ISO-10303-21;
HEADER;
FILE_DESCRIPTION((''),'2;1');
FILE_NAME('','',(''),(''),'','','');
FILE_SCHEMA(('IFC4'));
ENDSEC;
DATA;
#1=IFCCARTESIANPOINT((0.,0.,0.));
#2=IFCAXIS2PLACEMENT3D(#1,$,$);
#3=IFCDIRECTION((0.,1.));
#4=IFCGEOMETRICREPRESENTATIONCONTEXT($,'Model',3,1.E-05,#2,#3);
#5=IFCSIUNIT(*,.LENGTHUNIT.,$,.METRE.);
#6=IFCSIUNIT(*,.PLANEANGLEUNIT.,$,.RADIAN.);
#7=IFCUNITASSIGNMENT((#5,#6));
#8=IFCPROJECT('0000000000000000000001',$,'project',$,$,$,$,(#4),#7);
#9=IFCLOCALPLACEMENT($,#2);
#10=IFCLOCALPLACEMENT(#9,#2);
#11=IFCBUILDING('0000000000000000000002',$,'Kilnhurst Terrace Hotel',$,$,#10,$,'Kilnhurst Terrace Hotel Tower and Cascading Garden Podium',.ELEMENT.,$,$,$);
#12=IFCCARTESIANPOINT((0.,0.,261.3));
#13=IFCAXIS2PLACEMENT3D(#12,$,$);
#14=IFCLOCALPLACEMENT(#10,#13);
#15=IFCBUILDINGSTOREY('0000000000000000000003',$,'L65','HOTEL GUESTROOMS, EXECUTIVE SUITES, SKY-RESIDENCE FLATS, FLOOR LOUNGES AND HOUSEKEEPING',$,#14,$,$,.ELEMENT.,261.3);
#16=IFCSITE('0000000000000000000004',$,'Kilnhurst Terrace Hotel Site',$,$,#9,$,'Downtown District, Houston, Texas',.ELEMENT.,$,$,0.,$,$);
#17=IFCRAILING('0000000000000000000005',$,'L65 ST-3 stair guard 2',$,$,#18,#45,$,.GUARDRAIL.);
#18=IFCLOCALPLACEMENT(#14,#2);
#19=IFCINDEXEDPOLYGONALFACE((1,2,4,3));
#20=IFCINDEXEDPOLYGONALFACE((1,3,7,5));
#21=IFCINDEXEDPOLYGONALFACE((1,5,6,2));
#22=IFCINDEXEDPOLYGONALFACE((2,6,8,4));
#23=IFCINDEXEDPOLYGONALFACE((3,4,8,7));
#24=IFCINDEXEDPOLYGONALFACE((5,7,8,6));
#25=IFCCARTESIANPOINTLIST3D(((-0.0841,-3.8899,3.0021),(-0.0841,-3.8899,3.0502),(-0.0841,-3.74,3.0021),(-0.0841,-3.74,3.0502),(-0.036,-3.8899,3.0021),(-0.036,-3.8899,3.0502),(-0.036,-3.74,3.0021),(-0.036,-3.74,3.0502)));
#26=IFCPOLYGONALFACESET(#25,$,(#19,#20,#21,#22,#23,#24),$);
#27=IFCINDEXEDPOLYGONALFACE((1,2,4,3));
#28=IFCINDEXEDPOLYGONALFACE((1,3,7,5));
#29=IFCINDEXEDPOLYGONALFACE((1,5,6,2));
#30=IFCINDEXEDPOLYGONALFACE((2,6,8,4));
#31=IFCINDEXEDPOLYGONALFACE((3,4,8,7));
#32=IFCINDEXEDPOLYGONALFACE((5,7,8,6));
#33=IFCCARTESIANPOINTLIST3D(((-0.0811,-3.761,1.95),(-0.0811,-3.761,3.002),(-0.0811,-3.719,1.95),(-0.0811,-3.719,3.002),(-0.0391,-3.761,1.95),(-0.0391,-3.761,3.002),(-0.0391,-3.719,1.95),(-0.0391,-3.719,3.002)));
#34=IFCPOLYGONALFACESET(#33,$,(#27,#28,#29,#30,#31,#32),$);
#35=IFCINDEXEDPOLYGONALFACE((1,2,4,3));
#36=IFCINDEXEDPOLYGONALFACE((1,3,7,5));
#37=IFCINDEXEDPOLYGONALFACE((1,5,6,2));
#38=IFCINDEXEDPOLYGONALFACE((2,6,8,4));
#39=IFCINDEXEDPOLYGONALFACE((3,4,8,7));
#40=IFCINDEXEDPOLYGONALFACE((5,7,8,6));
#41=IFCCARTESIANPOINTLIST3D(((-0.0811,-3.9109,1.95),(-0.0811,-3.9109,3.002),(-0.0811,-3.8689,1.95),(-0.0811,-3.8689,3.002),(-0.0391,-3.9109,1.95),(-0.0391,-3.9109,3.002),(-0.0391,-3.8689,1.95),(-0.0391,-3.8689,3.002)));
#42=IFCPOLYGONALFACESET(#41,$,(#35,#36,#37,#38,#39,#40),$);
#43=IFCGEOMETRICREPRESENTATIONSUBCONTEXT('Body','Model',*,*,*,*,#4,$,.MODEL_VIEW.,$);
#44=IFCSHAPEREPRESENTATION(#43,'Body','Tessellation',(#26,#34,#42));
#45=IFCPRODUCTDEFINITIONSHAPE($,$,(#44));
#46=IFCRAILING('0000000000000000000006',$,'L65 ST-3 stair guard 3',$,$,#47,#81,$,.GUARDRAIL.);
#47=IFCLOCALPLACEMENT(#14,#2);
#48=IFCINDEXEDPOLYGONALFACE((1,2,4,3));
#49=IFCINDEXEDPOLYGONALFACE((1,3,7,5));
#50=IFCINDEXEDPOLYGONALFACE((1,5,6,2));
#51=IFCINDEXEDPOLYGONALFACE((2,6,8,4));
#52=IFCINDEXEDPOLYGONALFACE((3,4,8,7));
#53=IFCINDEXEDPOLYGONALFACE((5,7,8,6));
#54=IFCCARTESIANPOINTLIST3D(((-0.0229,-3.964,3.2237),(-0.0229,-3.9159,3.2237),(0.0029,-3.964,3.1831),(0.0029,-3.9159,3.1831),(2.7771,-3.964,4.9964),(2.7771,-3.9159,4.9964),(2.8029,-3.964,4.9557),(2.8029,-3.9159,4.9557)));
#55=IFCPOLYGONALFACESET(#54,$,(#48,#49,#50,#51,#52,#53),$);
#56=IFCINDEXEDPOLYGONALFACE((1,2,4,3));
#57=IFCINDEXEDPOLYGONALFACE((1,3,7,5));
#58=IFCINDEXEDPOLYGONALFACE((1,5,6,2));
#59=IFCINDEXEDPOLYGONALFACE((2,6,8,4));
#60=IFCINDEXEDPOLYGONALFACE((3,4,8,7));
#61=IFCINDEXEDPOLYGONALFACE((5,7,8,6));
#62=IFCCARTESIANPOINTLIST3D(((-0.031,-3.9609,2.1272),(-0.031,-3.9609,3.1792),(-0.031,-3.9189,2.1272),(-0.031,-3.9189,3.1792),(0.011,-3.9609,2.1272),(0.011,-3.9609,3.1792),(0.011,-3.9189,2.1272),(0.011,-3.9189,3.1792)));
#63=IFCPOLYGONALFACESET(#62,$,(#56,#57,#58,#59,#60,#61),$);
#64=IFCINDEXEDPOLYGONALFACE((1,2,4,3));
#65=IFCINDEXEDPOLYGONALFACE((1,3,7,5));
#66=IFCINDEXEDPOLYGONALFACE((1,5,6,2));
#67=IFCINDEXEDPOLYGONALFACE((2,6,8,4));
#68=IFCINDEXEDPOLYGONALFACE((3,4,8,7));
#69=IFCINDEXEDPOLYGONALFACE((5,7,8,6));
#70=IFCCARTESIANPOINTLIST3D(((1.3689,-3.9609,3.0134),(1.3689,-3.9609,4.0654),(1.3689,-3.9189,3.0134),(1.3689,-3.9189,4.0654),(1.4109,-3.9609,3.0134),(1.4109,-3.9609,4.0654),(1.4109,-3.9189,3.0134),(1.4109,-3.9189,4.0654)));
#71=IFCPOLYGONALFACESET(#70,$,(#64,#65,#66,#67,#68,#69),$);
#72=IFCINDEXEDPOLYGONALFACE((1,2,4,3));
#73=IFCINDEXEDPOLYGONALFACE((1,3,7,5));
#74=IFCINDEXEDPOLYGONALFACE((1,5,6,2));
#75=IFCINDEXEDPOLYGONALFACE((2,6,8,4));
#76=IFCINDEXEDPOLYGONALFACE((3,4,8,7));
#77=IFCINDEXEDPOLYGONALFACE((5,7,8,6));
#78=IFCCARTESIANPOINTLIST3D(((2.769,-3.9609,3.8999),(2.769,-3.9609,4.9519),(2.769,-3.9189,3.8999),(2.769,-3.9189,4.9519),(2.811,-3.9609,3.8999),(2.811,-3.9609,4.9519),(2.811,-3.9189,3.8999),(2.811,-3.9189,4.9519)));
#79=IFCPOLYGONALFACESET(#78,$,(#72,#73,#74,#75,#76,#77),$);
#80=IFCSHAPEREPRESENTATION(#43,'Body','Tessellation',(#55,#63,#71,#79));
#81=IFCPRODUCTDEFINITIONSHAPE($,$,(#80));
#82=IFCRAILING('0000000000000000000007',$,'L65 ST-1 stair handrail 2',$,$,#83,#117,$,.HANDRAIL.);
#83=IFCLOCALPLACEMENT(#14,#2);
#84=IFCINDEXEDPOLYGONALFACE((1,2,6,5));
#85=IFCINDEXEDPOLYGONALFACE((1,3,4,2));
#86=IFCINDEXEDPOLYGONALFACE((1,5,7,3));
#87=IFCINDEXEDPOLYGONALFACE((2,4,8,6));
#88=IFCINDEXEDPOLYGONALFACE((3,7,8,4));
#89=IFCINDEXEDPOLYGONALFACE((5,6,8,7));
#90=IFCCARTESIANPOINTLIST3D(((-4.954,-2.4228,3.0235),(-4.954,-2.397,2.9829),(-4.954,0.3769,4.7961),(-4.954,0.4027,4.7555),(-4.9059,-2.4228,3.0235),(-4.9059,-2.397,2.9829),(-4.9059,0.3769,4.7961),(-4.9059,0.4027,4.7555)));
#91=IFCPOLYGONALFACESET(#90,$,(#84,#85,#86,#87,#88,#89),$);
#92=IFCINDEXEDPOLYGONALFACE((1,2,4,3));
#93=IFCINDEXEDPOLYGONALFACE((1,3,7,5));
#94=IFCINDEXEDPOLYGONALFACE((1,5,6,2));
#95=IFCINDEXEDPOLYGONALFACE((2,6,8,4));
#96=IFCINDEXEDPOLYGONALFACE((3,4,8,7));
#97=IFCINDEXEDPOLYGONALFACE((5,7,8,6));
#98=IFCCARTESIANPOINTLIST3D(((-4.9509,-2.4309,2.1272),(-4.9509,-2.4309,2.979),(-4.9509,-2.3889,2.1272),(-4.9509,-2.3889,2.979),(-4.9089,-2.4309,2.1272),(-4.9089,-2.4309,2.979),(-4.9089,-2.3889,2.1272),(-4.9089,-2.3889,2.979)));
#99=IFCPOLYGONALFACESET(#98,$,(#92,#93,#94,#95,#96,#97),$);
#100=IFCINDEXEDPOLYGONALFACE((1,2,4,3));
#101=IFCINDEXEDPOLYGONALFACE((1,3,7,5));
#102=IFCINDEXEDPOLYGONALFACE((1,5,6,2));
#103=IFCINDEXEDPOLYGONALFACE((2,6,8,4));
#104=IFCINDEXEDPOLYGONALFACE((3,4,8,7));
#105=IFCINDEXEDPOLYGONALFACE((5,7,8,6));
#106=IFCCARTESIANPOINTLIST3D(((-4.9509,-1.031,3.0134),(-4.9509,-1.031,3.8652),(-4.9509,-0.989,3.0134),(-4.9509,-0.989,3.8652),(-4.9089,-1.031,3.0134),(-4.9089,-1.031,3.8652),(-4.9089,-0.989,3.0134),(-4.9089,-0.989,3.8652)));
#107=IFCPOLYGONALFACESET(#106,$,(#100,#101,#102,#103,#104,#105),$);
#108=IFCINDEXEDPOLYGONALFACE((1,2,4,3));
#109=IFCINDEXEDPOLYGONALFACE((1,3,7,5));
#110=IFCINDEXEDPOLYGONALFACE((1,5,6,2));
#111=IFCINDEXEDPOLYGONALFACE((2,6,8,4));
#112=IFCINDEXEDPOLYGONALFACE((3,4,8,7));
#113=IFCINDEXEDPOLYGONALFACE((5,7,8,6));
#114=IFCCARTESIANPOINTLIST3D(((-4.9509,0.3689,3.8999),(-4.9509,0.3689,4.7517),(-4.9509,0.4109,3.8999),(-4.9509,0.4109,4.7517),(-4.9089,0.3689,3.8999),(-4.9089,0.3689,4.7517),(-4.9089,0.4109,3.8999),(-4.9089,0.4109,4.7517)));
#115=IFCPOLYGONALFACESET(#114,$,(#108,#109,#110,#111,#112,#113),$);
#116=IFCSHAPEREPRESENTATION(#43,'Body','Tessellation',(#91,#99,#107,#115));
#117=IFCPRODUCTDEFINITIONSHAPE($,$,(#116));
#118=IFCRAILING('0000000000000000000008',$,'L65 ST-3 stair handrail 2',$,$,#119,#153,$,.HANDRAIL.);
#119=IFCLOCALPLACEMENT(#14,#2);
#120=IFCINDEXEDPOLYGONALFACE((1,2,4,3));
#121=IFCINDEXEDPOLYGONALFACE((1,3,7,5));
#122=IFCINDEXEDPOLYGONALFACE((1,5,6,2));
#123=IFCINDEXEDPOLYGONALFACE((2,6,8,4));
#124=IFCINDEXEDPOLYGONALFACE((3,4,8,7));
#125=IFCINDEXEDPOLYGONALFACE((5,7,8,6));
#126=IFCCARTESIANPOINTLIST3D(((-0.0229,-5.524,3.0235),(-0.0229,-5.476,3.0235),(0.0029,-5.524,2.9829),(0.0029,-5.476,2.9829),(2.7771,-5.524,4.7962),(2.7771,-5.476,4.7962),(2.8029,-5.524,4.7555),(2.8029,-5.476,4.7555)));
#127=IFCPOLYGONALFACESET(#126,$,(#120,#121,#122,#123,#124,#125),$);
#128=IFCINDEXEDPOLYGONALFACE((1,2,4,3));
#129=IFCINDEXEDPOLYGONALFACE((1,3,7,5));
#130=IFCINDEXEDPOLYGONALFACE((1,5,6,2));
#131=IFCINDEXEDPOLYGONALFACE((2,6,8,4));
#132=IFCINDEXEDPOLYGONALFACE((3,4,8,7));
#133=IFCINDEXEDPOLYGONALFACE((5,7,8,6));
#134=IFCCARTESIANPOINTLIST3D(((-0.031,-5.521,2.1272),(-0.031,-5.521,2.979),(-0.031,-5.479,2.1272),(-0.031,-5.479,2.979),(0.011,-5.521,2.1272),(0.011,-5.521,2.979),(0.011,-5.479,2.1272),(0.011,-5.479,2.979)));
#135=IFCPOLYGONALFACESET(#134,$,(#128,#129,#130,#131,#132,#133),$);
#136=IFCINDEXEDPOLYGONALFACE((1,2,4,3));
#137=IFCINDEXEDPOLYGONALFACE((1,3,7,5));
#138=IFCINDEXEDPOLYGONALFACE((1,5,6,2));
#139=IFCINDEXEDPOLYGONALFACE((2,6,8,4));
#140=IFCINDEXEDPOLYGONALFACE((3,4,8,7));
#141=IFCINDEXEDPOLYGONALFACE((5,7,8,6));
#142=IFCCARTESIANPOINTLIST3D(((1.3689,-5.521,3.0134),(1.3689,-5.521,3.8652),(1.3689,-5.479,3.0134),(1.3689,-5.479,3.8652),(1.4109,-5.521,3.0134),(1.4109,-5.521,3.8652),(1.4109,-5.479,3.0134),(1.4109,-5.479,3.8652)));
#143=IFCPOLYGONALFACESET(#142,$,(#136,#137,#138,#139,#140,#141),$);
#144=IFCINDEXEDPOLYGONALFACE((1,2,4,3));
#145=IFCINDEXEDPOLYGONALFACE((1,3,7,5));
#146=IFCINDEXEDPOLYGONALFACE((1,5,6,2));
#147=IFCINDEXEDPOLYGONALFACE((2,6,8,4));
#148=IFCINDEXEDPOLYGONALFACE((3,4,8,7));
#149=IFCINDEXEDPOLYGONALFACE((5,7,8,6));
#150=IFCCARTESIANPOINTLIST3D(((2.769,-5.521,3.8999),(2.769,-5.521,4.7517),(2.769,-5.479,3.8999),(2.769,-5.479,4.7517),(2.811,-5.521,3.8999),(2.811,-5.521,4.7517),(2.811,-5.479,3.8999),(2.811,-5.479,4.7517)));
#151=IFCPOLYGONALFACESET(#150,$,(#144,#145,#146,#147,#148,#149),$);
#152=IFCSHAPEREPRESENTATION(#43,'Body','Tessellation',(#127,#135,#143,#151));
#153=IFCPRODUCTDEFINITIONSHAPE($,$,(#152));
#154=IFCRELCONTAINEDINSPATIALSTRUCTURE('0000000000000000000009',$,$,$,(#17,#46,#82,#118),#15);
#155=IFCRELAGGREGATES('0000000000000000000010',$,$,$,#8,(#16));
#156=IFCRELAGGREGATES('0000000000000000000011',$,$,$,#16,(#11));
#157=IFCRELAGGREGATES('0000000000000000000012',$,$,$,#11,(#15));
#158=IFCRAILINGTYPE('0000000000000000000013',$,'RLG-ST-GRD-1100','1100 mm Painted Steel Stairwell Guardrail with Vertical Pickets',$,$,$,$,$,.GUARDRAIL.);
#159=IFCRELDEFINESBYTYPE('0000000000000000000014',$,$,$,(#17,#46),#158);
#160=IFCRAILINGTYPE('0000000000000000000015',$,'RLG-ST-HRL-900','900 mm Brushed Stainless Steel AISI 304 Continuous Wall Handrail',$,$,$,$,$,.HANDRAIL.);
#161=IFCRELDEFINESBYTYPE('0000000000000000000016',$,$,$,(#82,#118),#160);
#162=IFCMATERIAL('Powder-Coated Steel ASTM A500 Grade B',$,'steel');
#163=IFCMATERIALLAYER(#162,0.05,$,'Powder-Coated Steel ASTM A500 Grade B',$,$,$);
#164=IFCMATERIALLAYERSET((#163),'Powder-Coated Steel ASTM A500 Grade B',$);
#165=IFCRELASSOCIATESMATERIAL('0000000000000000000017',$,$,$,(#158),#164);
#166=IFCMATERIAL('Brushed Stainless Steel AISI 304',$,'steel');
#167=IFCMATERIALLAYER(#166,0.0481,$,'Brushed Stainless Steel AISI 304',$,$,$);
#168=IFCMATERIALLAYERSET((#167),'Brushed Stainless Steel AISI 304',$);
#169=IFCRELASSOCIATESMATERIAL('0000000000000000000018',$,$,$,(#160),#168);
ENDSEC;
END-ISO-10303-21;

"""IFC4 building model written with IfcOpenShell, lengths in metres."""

from ifc_helpers import new_model, si_unit, direction, frame, origin, origin_2d, place, context, subcontext, project, spatial, rectangle, extrude, material, layer, layer_set, type_object, element, save


model = new_model("IFC4")

# Units and contexts
model_context = context("Model", 3, precision=1e-05, world=origin(), true_north=direction((0.0, 1.0)))
body_context = subcontext(model_context, "Body", "Model", "MODEL_VIEW")
ifc_project = project(units=[si_unit("LENGTHUNIT", "METRE"), si_unit("PLANEANGLEUNIT", "RADIAN")], contexts=[model_context])

# Site, building, storey
site_placement = place(None, origin())
site = spatial("IfcSite", under=ifc_project, at=site_placement, Name="Kilnhurst Terrace Hotel Site", LongName="Downtown District, Houston, Texas", CompositionType="ELEMENT", RefElevation=0.0)
building_placement = place(site_placement, origin())
building = spatial("IfcBuilding", under=site, at=building_placement, Name="Kilnhurst Terrace Hotel", LongName="Kilnhurst Terrace Hotel Tower and Cascading Garden Podium", CompositionType="ELEMENT")
storey_placement = place(building_placement, frame((0.0, 0.0, 261.3)))
storey = spatial("IfcBuildingStorey", under=building, at=storey_placement, Name="L65", Description="HOTEL GUESTROOMS, EXECUTIVE SUITES, SKY-RESIDENCE FLATS, FLOOR LOUNGES AND HOUSEKEEPING", CompositionType="ELEMENT", Elevation=261.3)

# Railings
ifc_material_1 = material(Name="Powder-Coated Steel ASTM A500 Grade B", Category="steel")
ifc_layer_1 = layer(ifc_material_1, 0.05, Name="Powder-Coated Steel ASTM A500 Grade B")
ifc_layer_set_1 = layer_set([ifc_layer_1], Name="Powder-Coated Steel ASTM A500 Grade B")
railing_type_1 = type_object("IfcRailingType", Name="RLG-ST-GRD-1100", Description="1100 mm Painted Steel Stairwell Guardrail with Vertical Pickets", PredefinedType="GUARDRAIL", material=ifc_layer_set_1)
railing_1_placement = place(storey_placement, frame((-0.0601, -3.74, 1.95)))
element("IfcRailing", 1, at=railing_1_placement, inside=storey, type_object=railing_type_1, Name="L65 ST-3 stair guard 2", PredefinedType="GUARDRAIL", context=body_context, shape_type="SweptSolid", body=[
    extrude(rectangle(XDim=0.0481, YDim=0.0481, at=origin_2d()), frame((0.0, 0.0, 1.0762), z_axis=(0.0, -1.0, 0.0), x_axis=(1.0, 0.0, 0.0)), (0.0, 0.0, 1.0), 0.1499),
    extrude(rectangle(XDim=0.042, YDim=0.042, at=origin_2d()), origin(), (0.0, 0.0, 1.0), 1.052),
    extrude(rectangle(XDim=0.042, YDim=0.042, at=origin_2d()), frame((0.0, -0.1499, 0.0)), (0.0, 0.0, 1.0), 1.052),
])
railing_2_placement = place(storey_placement, frame((-0.01, -3.9399, 2.1272)))
element("IfcRailing", 2, at=railing_2_placement, inside=storey, type_object=railing_type_1, Name="L65 ST-3 stair guard 3", PredefinedType="GUARDRAIL", context=body_context, shape_type="SweptSolid", body=[
    extrude(rectangle(XDim=0.0481, YDim=0.0481, at=origin_2d()), frame((0.0, 0.0, 1.0762), z_axis=(0.844909, 0.0, 0.53491), x_axis=(0.0, 1.0, 0.0)), (0.0, 0.0, 1.0), 3.314),
    extrude(rectangle(XDim=0.042, YDim=0.042, at=origin_2d()), origin(), (0.0, 0.0, 1.0), 1.052),
    extrude(rectangle(XDim=0.042, YDim=0.042, at=origin_2d()), frame((1.3999, 0.0, 0.8862)), (0.0, 0.0, 1.0), 1.052),
    extrude(rectangle(XDim=0.042, YDim=0.042, at=origin_2d()), frame((2.8, 0.0, 1.7727)), (0.0, 0.0, 1.0), 1.052),
])
ifc_material_2 = material(Name="Brushed Stainless Steel AISI 304", Category="steel")
ifc_layer_2 = layer(ifc_material_2, 0.0481, Name="Brushed Stainless Steel AISI 304")
ifc_layer_set_2 = layer_set([ifc_layer_2], Name="Brushed Stainless Steel AISI 304")
railing_type_2 = type_object("IfcRailingType", Name="RLG-ST-HRL-900", Description="900 mm Brushed Stainless Steel AISI 304 Continuous Wall Handrail", PredefinedType="HANDRAIL", material=ifc_layer_set_2)
railing_3_placement = place(storey_placement, frame((-4.9299, -2.4099, 2.1272)))
element("IfcRailing", 3, at=railing_3_placement, inside=storey, type_object=railing_type_2, Name="L65 ST-1 stair handrail 2", PredefinedType="HANDRAIL", context=body_context, shape_type="SweptSolid", body=[
    extrude(rectangle(XDim=0.0481, YDim=0.0481, at=origin_2d()), frame((0.0, 0.0, 0.876), z_axis=(0.0, 0.844888, 0.534943), x_axis=(-1.0, 0.0, 0.0)), (0.0, 0.0, 1.0), 3.3137),
    extrude(rectangle(XDim=0.042, YDim=0.042, at=origin_2d()), origin(), (0.0, 0.0, 1.0), 0.8518),
    extrude(rectangle(XDim=0.042, YDim=0.042, at=origin_2d()), frame((0.0, 1.3999, 0.8862)), (0.0, 0.0, 1.0), 0.8518),
    extrude(rectangle(XDim=0.042, YDim=0.042, at=origin_2d()), frame((0.0, 2.7998, 1.7727)), (0.0, 0.0, 1.0), 0.8518),
])
railing_4_placement = place(storey_placement, frame((-0.01, -5.5, 2.1272)))
element("IfcRailing", 4, at=railing_4_placement, inside=storey, type_object=railing_type_2, Name="L65 ST-3 stair handrail 2", PredefinedType="HANDRAIL", context=body_context, shape_type="SweptSolid", body=[
    extrude(rectangle(XDim=0.0481, YDim=0.0481, at=origin_2d()), frame((0.0, 0.0, 0.876), z_axis=(0.844909, 0.0, 0.53491), x_axis=(0.0, 1.0, 0.0)), (0.0, 0.0, 1.0), 3.314),
    extrude(rectangle(XDim=0.042, YDim=0.042, at=origin_2d()), origin(), (0.0, 0.0, 1.0), 0.8518),
    extrude(rectangle(XDim=0.042, YDim=0.042, at=origin_2d()), frame((1.3999, 0.0, 0.8862)), (0.0, 0.0, 1.0), 0.8518),
    extrude(rectangle(XDim=0.042, YDim=0.042, at=origin_2d()), frame((2.8, 0.0, 1.7727)), (0.0, 0.0, 1.0), 0.8518),
])

save(model, "model.ifc")
